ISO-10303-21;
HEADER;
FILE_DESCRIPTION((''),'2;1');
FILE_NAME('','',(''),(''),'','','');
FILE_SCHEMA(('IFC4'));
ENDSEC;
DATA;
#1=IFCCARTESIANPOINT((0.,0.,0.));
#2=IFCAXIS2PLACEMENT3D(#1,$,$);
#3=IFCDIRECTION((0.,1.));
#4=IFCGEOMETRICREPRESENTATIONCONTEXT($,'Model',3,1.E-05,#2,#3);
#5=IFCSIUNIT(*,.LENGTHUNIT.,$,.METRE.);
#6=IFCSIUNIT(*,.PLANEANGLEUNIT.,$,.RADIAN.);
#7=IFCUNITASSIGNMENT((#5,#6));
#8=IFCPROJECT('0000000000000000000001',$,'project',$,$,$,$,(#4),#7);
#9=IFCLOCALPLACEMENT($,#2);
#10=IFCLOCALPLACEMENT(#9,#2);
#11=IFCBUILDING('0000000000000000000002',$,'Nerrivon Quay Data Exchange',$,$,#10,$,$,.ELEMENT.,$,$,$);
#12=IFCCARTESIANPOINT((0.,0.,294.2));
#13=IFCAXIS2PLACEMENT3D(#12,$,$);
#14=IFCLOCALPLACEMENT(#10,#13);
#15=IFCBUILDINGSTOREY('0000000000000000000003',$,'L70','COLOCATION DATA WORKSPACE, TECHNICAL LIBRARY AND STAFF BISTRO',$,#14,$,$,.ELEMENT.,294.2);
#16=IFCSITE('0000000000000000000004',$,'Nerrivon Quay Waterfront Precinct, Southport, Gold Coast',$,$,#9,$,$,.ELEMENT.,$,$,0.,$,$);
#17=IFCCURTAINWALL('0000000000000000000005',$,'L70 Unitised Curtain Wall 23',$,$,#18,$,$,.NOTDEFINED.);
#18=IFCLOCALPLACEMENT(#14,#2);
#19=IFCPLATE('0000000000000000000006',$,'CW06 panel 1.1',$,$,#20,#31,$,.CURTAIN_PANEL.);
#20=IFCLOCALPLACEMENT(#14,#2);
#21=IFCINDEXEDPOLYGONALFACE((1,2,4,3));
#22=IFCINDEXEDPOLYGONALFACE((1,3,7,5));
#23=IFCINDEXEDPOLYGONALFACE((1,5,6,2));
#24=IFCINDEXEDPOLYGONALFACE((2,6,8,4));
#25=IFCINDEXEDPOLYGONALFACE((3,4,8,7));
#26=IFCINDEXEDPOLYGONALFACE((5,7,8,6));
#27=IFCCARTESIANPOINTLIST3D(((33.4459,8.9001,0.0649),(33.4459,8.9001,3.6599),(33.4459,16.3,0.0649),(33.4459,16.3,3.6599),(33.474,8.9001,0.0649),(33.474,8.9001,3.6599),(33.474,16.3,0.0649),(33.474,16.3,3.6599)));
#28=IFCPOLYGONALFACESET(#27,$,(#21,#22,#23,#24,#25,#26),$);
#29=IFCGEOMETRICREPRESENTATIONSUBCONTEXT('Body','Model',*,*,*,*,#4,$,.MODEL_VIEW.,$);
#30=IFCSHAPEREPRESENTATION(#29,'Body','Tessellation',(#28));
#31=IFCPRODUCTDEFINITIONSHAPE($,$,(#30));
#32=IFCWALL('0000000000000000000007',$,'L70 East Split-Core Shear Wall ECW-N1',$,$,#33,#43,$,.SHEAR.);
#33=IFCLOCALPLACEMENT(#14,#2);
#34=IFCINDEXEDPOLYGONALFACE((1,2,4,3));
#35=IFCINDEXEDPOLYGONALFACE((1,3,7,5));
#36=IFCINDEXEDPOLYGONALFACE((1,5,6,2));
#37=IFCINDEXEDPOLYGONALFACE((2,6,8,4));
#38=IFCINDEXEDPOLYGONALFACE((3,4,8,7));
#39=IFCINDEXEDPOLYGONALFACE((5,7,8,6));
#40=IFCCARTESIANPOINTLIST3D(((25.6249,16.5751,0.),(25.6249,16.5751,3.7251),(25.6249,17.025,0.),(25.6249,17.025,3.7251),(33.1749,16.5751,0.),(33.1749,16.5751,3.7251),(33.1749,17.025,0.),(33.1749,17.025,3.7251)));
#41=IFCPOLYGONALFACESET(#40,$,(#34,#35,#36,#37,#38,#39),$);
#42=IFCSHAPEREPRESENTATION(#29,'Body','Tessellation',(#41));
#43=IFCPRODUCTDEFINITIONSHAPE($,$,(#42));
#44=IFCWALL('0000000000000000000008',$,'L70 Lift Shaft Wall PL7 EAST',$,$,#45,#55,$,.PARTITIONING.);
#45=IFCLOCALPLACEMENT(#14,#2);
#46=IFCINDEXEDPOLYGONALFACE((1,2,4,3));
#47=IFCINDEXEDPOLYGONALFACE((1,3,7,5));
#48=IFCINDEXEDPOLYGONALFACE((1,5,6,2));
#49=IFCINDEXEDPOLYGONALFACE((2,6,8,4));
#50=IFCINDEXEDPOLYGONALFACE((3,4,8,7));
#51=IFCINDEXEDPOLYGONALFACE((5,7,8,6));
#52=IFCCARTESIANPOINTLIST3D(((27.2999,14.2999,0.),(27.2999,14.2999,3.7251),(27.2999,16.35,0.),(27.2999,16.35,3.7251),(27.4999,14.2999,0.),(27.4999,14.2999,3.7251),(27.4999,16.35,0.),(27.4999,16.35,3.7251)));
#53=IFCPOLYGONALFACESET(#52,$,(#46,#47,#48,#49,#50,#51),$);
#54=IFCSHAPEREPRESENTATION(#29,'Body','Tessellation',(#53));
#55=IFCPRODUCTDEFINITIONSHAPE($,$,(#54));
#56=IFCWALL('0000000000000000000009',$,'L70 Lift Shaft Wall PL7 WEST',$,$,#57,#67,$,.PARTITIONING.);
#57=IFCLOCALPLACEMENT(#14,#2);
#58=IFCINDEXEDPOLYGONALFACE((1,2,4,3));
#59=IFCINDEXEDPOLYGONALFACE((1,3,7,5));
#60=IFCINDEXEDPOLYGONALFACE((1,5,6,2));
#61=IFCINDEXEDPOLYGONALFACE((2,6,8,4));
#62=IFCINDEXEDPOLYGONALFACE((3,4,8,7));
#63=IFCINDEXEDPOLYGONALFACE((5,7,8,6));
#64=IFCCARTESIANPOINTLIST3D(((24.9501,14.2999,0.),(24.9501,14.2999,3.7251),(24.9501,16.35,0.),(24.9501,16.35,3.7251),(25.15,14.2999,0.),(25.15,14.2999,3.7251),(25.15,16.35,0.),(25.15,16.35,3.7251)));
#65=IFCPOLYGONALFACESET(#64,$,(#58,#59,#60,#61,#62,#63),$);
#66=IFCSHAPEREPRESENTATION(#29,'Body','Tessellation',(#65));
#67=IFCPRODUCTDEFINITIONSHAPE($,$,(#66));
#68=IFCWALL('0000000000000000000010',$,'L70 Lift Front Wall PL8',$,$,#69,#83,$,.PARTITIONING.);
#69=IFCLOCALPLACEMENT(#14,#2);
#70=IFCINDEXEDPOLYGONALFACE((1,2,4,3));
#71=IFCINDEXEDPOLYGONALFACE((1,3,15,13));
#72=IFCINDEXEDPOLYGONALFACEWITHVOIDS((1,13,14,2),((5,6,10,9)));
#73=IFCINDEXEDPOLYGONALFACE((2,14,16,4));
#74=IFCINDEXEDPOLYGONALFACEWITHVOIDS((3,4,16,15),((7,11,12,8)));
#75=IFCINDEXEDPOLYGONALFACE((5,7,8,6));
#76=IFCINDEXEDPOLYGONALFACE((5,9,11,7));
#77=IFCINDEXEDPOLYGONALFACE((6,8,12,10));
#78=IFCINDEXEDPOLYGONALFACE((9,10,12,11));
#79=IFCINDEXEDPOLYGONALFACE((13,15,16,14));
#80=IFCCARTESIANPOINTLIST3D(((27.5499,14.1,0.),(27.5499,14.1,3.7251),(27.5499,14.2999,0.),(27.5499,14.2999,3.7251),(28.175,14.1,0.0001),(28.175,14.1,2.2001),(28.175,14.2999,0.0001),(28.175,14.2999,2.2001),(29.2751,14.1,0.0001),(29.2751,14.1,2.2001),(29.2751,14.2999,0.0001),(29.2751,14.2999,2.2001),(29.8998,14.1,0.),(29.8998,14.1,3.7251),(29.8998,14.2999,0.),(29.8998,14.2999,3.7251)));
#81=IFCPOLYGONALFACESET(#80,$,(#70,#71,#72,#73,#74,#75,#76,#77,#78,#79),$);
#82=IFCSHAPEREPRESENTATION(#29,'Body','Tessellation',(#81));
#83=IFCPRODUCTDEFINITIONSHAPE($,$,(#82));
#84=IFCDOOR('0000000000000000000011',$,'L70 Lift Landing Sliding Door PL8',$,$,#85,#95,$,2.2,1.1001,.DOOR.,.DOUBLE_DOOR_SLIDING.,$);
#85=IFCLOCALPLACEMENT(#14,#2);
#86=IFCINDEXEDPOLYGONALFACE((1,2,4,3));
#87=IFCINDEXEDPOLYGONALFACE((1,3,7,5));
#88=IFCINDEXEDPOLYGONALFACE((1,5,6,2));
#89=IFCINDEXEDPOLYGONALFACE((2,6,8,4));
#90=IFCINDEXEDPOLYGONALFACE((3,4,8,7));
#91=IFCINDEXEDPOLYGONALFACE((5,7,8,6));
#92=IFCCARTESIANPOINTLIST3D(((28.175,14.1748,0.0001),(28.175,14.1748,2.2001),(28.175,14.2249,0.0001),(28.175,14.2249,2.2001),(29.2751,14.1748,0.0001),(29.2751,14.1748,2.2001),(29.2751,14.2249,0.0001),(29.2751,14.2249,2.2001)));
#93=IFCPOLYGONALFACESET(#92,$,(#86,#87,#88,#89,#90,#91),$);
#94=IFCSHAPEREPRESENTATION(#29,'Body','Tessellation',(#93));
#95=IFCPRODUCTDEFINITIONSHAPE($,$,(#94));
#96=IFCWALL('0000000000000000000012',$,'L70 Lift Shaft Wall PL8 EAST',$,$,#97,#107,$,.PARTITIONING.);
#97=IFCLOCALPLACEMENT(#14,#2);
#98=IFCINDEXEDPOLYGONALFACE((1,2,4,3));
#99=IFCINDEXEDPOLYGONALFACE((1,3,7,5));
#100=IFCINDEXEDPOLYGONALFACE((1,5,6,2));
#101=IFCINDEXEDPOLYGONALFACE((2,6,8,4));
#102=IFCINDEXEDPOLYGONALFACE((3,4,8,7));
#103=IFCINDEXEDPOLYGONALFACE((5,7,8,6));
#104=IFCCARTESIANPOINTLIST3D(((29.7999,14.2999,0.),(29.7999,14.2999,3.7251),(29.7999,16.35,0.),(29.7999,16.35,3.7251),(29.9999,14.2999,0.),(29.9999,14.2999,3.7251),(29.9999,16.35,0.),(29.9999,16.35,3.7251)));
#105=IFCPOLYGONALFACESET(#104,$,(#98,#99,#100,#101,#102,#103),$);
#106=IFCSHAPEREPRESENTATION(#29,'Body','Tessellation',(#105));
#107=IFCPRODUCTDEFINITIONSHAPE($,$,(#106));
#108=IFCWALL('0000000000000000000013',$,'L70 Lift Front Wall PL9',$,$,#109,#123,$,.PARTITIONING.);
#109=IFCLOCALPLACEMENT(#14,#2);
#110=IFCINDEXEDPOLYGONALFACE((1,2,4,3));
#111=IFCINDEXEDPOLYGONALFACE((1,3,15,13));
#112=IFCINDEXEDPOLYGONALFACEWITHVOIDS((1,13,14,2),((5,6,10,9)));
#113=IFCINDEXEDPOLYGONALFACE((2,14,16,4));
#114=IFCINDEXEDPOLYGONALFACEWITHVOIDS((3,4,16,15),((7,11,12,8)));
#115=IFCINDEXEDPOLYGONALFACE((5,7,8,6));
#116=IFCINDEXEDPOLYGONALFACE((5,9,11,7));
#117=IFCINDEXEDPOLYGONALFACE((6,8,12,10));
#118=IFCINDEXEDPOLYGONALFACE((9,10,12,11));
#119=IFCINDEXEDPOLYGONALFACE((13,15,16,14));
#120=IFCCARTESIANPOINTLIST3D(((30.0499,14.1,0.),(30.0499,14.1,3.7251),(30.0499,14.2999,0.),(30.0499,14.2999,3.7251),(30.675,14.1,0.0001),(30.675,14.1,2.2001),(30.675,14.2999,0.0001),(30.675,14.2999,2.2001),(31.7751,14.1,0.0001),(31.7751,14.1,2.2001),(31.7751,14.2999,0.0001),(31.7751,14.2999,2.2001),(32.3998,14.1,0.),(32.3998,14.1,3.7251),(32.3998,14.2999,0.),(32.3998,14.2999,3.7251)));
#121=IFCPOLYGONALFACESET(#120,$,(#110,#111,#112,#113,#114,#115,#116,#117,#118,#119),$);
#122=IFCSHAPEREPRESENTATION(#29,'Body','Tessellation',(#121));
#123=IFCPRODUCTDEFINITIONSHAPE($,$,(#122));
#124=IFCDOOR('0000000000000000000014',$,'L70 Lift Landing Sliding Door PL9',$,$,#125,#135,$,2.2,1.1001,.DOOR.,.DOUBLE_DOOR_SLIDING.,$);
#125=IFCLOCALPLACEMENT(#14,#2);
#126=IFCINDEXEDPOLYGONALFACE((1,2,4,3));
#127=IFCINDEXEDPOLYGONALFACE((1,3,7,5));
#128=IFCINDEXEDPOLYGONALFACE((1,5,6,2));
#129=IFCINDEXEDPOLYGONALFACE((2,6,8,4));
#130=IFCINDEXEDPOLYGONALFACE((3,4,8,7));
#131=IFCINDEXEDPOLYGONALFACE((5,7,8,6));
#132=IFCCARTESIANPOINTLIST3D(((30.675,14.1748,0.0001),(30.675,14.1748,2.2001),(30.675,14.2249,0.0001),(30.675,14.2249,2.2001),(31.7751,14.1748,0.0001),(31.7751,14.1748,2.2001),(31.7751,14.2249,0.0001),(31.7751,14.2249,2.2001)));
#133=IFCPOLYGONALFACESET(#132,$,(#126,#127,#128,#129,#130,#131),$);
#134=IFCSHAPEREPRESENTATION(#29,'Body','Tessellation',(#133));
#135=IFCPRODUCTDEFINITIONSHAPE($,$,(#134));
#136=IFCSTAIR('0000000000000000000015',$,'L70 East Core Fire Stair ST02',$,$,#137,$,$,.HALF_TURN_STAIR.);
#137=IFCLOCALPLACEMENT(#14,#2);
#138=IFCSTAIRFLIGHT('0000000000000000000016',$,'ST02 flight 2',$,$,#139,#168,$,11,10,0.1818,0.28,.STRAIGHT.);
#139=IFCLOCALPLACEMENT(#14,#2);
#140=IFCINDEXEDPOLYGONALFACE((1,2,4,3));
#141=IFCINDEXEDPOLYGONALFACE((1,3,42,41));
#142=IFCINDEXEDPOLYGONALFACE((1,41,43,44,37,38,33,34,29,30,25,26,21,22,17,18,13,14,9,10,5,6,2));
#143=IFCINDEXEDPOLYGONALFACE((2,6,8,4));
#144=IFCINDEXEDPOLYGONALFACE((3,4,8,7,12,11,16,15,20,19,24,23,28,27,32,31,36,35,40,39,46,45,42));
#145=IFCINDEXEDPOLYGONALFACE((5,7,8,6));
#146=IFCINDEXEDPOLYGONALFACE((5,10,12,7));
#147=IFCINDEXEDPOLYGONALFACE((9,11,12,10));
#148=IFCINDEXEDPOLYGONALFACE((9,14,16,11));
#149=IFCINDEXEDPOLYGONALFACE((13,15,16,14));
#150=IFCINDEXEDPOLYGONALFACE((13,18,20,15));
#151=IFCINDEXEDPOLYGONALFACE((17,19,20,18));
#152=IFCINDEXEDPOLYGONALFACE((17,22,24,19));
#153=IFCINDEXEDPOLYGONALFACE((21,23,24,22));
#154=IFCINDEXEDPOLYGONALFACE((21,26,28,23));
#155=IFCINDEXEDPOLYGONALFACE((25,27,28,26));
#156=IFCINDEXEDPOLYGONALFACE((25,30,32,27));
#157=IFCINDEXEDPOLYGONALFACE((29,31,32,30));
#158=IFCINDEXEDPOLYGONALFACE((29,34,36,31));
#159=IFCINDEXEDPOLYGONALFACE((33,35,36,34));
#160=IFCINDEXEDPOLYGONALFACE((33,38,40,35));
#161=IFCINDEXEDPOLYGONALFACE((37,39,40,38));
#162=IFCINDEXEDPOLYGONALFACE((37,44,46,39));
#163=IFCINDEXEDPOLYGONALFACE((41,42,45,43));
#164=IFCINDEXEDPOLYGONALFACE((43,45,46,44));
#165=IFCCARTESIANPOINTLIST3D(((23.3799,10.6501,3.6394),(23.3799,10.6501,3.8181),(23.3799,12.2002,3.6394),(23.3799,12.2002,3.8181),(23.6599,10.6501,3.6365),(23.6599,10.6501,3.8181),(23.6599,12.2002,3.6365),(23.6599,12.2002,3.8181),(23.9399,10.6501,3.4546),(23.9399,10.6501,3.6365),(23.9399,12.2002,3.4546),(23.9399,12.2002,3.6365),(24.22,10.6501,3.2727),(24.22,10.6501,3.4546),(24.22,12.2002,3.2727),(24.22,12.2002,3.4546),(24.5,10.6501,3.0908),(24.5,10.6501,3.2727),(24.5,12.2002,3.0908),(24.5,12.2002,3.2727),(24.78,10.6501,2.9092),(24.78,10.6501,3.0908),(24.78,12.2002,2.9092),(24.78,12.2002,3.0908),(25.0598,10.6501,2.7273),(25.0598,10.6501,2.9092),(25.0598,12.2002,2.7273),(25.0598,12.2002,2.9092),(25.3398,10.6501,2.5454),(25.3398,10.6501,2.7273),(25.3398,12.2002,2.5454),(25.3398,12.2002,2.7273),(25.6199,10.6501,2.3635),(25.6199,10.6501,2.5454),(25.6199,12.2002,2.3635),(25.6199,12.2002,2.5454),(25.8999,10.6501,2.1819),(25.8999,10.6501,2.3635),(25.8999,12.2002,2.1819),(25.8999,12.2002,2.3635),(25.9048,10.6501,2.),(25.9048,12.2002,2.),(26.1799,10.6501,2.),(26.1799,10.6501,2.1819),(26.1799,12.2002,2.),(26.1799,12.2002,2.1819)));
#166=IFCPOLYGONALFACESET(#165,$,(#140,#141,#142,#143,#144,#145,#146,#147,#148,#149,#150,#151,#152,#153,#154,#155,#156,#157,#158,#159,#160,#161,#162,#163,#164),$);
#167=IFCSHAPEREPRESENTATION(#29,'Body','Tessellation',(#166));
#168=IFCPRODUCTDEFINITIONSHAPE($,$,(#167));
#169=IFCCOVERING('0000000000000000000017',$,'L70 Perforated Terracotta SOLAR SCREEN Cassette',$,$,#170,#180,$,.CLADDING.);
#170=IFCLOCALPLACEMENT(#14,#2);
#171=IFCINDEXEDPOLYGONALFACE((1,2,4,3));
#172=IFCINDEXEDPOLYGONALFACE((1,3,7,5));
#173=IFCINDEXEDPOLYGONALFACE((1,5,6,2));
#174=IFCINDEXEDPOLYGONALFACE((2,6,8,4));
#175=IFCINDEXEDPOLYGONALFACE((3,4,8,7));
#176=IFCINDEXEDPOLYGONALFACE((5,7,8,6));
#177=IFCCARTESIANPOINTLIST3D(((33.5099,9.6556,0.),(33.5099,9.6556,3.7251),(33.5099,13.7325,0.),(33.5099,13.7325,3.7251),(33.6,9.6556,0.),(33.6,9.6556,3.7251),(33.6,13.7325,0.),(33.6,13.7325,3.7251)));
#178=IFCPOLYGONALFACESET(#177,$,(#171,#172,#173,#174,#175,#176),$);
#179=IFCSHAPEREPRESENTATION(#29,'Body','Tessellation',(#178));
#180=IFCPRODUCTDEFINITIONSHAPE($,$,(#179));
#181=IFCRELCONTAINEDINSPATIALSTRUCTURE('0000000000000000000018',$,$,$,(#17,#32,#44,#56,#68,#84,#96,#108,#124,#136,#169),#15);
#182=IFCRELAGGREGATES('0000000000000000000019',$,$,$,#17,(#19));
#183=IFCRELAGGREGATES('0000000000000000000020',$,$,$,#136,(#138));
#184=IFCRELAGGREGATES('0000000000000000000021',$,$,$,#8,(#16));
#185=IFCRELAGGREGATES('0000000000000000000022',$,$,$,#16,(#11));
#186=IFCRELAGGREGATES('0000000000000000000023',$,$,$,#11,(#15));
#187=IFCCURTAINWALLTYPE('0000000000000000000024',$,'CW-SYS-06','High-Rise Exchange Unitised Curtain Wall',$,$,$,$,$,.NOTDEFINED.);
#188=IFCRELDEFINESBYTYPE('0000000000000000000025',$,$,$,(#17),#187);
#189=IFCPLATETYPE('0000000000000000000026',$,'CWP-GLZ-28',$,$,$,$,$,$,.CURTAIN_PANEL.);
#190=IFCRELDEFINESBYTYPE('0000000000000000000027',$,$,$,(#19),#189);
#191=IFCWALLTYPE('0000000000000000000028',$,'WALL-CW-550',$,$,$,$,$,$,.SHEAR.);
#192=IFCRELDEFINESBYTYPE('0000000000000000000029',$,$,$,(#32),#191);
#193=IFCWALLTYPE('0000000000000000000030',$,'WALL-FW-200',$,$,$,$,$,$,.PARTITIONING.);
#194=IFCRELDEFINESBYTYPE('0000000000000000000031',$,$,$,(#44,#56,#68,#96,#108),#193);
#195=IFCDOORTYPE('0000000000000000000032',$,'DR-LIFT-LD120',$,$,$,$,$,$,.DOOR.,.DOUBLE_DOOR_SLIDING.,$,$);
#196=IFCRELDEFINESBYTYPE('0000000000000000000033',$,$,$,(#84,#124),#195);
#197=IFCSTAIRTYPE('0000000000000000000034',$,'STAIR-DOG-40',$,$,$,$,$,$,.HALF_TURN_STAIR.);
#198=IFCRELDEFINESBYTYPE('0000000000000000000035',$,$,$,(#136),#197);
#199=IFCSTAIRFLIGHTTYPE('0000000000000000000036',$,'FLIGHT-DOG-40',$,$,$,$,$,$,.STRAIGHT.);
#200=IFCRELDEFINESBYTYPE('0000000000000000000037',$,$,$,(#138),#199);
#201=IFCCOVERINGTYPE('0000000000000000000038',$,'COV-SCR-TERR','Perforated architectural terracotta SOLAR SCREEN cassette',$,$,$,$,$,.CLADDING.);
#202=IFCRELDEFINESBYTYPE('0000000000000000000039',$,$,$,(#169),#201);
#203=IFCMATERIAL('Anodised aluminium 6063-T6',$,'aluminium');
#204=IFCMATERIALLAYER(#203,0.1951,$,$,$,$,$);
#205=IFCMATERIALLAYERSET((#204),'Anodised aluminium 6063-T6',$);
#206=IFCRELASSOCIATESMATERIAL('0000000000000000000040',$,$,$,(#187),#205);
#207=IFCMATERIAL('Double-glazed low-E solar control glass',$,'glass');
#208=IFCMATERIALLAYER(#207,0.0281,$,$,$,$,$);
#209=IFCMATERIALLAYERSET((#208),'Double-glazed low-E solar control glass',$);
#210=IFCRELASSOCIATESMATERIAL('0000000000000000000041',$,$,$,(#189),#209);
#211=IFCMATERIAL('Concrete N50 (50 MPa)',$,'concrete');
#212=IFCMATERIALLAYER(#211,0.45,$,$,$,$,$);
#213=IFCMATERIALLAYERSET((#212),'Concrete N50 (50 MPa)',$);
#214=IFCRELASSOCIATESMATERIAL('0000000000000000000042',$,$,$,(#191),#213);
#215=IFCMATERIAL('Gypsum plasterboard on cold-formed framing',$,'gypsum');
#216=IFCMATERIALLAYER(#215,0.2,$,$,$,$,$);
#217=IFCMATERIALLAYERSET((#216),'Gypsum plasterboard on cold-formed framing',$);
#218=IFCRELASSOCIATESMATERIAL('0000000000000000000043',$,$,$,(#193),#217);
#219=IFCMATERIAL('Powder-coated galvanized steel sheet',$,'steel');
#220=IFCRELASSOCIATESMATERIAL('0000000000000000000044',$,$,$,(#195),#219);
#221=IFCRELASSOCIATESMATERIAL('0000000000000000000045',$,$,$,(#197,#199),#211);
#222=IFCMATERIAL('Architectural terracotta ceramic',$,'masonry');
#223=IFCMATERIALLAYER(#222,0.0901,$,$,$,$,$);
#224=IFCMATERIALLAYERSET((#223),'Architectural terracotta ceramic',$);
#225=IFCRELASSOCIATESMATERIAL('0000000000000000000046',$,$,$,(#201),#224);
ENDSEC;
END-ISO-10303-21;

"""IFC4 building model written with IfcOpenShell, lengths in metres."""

from ifc_helpers import new_model, si_unit, direction, frame, frame_2d, origin, origin_2d, place, context, subcontext, project, spatial, polyline, rectangle, outline, extrude, material, layer, layer_set, type_object, element, fill, aggregate, save


model = new_model("IFC4")

# Units and contexts
model_context = context("Model", 3, precision=1e-05, world=origin(), true_north=direction((0.0, 1.0)))
body_context = subcontext(model_context, "Body", "Model", "MODEL_VIEW")
ifc_project = project(units=[si_unit("LENGTHUNIT", "METRE"), si_unit("PLANEANGLEUNIT", "RADIAN")], contexts=[model_context])

# Site, building, storey
site_placement = place(None, origin())
site = spatial("IfcSite", under=ifc_project, at=site_placement, Name="Nerrivon Quay Waterfront Precinct, Southport, Gold Coast", CompositionType="ELEMENT", RefElevation=0.0)
building_placement = place(site_placement, origin())
building = spatial("IfcBuilding", under=site, at=building_placement, Name="Nerrivon Quay Data Exchange", CompositionType="ELEMENT")
storey_placement = place(building_placement, frame((0.0, 0.0, 294.2)))
storey = spatial("IfcBuildingStorey", under=building, at=storey_placement, Name="L70", Description="COLOCATION DATA WORKSPACE, TECHNICAL LIBRARY AND STAFF BISTRO", CompositionType="ELEMENT", Elevation=294.2)

# Shared definitions
ifc_material_1 = material(Name="Concrete N50 (50 MPa)", Category="concrete")

# Curtain wall, plate
ifc_material_2 = material(Name="Anodised aluminium 6063-T6", Category="aluminium")
ifc_layer_1 = layer(ifc_material_2, 0.1951)
ifc_layer_set_1 = layer_set([ifc_layer_1], Name="Anodised aluminium 6063-T6")
curtain_wall_type = type_object("IfcCurtainWallType", Name="CW-SYS-06", Description="High-Rise Exchange Unitised Curtain Wall", PredefinedType="NOTDEFINED", material=ifc_layer_set_1)
curtain_wall_placement = place(storey_placement, origin())
curtain_wall = element("IfcCurtainWall", 1, at=curtain_wall_placement, inside=storey, type_object=curtain_wall_type, Name="L70 Unitised Curtain Wall 23", PredefinedType="NOTDEFINED")
ifc_material_3 = material(Name="Double-glazed low-E solar control glass", Category="glass")
ifc_layer_2 = layer(ifc_material_3, 0.0281)
ifc_layer_set_2 = layer_set([ifc_layer_2], Name="Double-glazed low-E solar control glass")
plate_type = type_object("IfcPlateType", Name="CWP-GLZ-28", PredefinedType="CURTAIN_PANEL", material=ifc_layer_set_2)
plate_placement = place(storey_placement, frame((33.46, 12.6001, 0.0649), z_axis=(0.0, 0.0, 1.0), x_axis=(0.0, -1.0, 0.0)))
plate = element("IfcPlate", 2, at=plate_placement, type_object=plate_type, Name="CW06 panel 1.1", PredefinedType="CURTAIN_PANEL", context=body_context, shape_type="SweptSolid", body=[
    extrude(rectangle(XDim=7.3999, YDim=0.0281, at=origin_2d()), origin(), (0.0, 0.0, 1.0), 3.595),
])
aggregate(curtain_wall, [plate])

# Walls
ifc_layer_3 = layer(ifc_material_1, 0.45)
ifc_layer_set_3 = layer_set([ifc_layer_3], Name="Concrete N50 (50 MPa)")
wall_type_1 = type_object("IfcWallType", Name="WALL-CW-550", PredefinedType="SHEAR", material=ifc_layer_set_3)
wall_1_placement = place(storey_placement, frame((25.625, 16.8, 0.0), z_axis=(0.0, 0.0, 1.0), x_axis=(1.0, 0.0, 0.0)))
element("IfcWall", 3, at=wall_1_placement, inside=storey, type_object=wall_type_1, Name="L70 East Split-Core Shear Wall ECW-N1", PredefinedType="SHEAR", context=body_context, shape_type="SweptSolid", body=[
    extrude(rectangle(XDim=7.55, YDim=0.45, at=frame_2d((3.7749, 0.0))), origin(), (0.0, 0.0, 1.0), 3.7251),
])
ifc_material_4 = material(Name="Gypsum plasterboard on cold-formed framing", Category="gypsum")
ifc_layer_4 = layer(ifc_material_4, 0.2)
ifc_layer_set_4 = layer_set([ifc_layer_4], Name="Gypsum plasterboard on cold-formed framing")
wall_type_2 = type_object("IfcWallType", Name="WALL-FW-200", PredefinedType="PARTITIONING", material=ifc_layer_set_4)
for number, where, z_axis, x_axis, name in (
    (4, (27.3999, 14.3, 0.0), (0.0, 0.0, 1.0), (0.0, 1.0, 0.0), "L70 Lift Shaft Wall PL7 EAST"),
    (5, (25.05, 14.3, 0.0), (0.0, 0.0, 1.0), (0.0, 1.0, 0.0), "L70 Lift Shaft Wall PL7 WEST"),
):
    element("IfcWall", number, at=place(storey_placement, frame(where, z_axis=z_axis, x_axis=x_axis)), inside=storey, type_object=wall_type_2, Name=name, PredefinedType="PARTITIONING", context=body_context, shape_type="SweptSolid", body=[
        extrude(rectangle(XDim=2.05, YDim=0.2, at=frame_2d((1.0249, 0.0))), origin(), (0.0, 0.0, 1.0), 3.7251),
    ])

# Wall, opening, door
wall_2_placement = place(storey_placement, frame((27.55, 14.2, 0.0), z_axis=(0.0, 0.0, 1.0), x_axis=(1.0, 0.0, 0.0)))
wall_2 = element("IfcWall", 6, at=wall_2_placement, inside=storey, type_object=wall_type_2, Name="L70 Lift Front Wall PL8", PredefinedType="PARTITIONING", context=body_context, shape_type="SweptSolid", body=[
    extrude(rectangle(XDim=2.3499, YDim=0.2, at=frame_2d((1.1748, 0.0))), origin(), (0.0, 0.0, 1.0), 3.7251),
])
opening_1_placement = place(wall_2_placement, frame((0.625, 0.0, 0.0)))
opening_1 = element("IfcOpeningElement", 7, at=opening_1_placement, cuts=wall_2, PredefinedType="OPENING", context=body_context, shape_type="SweptSolid", body=[
    extrude(rectangle(XDim=1.1001, YDim=2.2, at=frame_2d((0.55, 1.1001))), frame((0.0, 0.1099, 0.0), z_axis=(0.0, -1.0, 0.0), x_axis=(1.0, 0.0, 0.0)), (0.0, 0.0, 1.0), 0.22),
])
ifc_material_5 = material(Name="Powder-coated galvanized steel sheet", Category="steel")
door_type_1 = type_object("IfcDoorType", Name="DR-LIFT-LD120", OperationType="DOUBLE_DOOR_SLIDING", PredefinedType="DOOR", material=ifc_material_5)
door_1_placement = place(opening_1_placement, origin())
door_1 = element("IfcDoor", 8, at=door_1_placement, inside=storey, type_object=door_type_1, Name="L70 Lift Landing Sliding Door PL8", OperationType="DOUBLE_DOOR_SLIDING", OverallHeight=2.2, OverallWidth=1.1001, PredefinedType="DOOR", context=body_context, shape_type="SweptSolid", body=[
    extrude(rectangle(XDim=1.1001, YDim=2.2, at=frame_2d((0.55, 1.1001))), frame((0.0, 0.0249, 0.0), z_axis=(0.0, -1.0, 0.0), x_axis=(1.0, 0.0, 0.0)), (0.0, 0.0, 1.0), 0.05),
])
fill(opening_1, door_1)

# Wall
wall_3_placement = place(storey_placement, frame((29.8999, 14.3, 0.0), z_axis=(0.0, 0.0, 1.0), x_axis=(0.0, 1.0, 0.0)))
element("IfcWall", 9, at=wall_3_placement, inside=storey, type_object=wall_type_2, Name="L70 Lift Shaft Wall PL8 EAST", PredefinedType="PARTITIONING", context=body_context, shape_type="SweptSolid", body=[
    extrude(rectangle(XDim=2.05, YDim=0.2, at=frame_2d((1.0249, 0.0))), origin(), (0.0, 0.0, 1.0), 3.7251),
])

# Wall, opening, door
wall_4_placement = place(storey_placement, frame((30.05, 14.2, 0.0), z_axis=(0.0, 0.0, 1.0), x_axis=(1.0, 0.0, 0.0)))
wall_4 = element("IfcWall", 10, at=wall_4_placement, inside=storey, type_object=wall_type_2, Name="L70 Lift Front Wall PL9", PredefinedType="PARTITIONING", context=body_context, shape_type="SweptSolid", body=[
    extrude(rectangle(XDim=2.3499, YDim=0.2, at=frame_2d((1.1748, 0.0))), origin(), (0.0, 0.0, 1.0), 3.7251),
])
opening_2_placement = place(wall_4_placement, frame((0.625, 0.0, 0.0)))
opening_2 = element("IfcOpeningElement", 11, at=opening_2_placement, cuts=wall_4, PredefinedType="OPENING", context=body_context, shape_type="SweptSolid", body=[
    extrude(rectangle(XDim=1.1001, YDim=2.2, at=frame_2d((0.55, 1.1001))), frame((0.0, 0.1099, 0.0), z_axis=(0.0, -1.0, 0.0), x_axis=(1.0, 0.0, 0.0)), (0.0, 0.0, 1.0), 0.22),
])
door_2_placement = place(opening_2_placement, origin())
door_2 = element("IfcDoor", 12, at=door_2_placement, inside=storey, type_object=door_type_1, Name="L70 Lift Landing Sliding Door PL9", OperationType="DOUBLE_DOOR_SLIDING", OverallHeight=2.2, OverallWidth=1.1001, PredefinedType="DOOR", context=body_context, shape_type="SweptSolid", body=[
    extrude(rectangle(XDim=1.1001, YDim=2.2, at=frame_2d((0.55, 1.1001))), frame((0.0, 0.0249, 0.0), z_axis=(0.0, -1.0, 0.0), x_axis=(1.0, 0.0, 0.0)), (0.0, 0.0, 1.0), 0.05),
])
fill(opening_2, door_2)

# Stair, stair flight
stair_type = type_object("IfcStairType", Name="STAIR-DOG-40", PredefinedType="HALF_TURN_STAIR", material=ifc_material_1)
stair_placement = place(storey_placement, origin())
stair = element("IfcStair", 13, at=stair_placement, inside=storey, type_object=stair_type, Name="L70 East Core Fire Stair ST02", PredefinedType="HALF_TURN_STAIR")
stair_flight_type = type_object("IfcStairFlightType", Name="FLIGHT-DOG-40", PredefinedType="STRAIGHT", material=ifc_material_1)
stair_flight_placement = place(storey_placement, frame((26.1799, 11.425, 2.0), z_axis=(0.0, 0.0, 1.0), x_axis=(-1.0, 0.0, 0.0)))
stair_flight = element("IfcStairFlight", 14, at=stair_flight_placement, type_object=stair_flight_type, Name="ST02 flight 2", NumberOfRisers=11, NumberOfTreads=10, PredefinedType="STRAIGHT", RiserHeight=0.1818, TreadLength=0.28, context=body_context, shape_type="SweptSolid", body=[
    extrude(outline(polyline([(0.0, 0.0), (0.0, 0.1819), (0.28, 0.1819), (0.28, 0.3635), (0.5601, 0.3635), (0.5601, 0.5454), (0.8401, 0.5454), (0.8401, 0.7273), (1.1201, 0.7273), (1.1201, 0.9092), (1.3999, 0.9092), (1.3999, 1.0908), (1.6799, 1.0908), (1.6799, 1.2727), (1.96, 1.2727), (1.96, 1.4546), (2.24, 1.4546), (2.24, 1.6365), (2.52, 1.6365), (2.52, 1.8181), (2.8, 1.8181), (2.8, 2.0), (2.8, 1.6394), (0.2751, 0.0), (0.0, 0.0)])), frame((0.0, 0.7749, 0.0), z_axis=(0.0, -1.0, 0.0), x_axis=(1.0, 0.0, 0.0)), (0.0, 0.0, 1.0), 1.55),
])
aggregate(stair, [stair_flight])

# Covering
ifc_material_6 = material(Name="Architectural terracotta ceramic", Category="masonry")
ifc_layer_5 = layer(ifc_material_6, 0.0901)
ifc_layer_set_5 = layer_set([ifc_layer_5], Name="Architectural terracotta ceramic")
covering_type = type_object("IfcCoveringType", Name="COV-SCR-TERR", Description="Perforated architectural terracotta SOLAR SCREEN cassette", PredefinedType="CLADDING", material=ifc_layer_set_5)
covering_placement = place(storey_placement, frame((33.5549, 11.6941, 0.0), z_axis=(0.0, 0.0, 1.0), x_axis=(0.0, -1.0, 0.0)))
element("IfcCovering", 15, at=covering_placement, inside=storey, type_object=covering_type, Name="L70 Perforated Terracotta SOLAR SCREEN Cassette", PredefinedType="CLADDING", context=body_context, shape_type="SweptSolid", body=[
    extrude(rectangle(XDim=4.0769, YDim=0.0901, at=origin_2d()), origin(), (0.0, 0.0, 1.0), 3.7251),
])

save(model, "model.ifc")
